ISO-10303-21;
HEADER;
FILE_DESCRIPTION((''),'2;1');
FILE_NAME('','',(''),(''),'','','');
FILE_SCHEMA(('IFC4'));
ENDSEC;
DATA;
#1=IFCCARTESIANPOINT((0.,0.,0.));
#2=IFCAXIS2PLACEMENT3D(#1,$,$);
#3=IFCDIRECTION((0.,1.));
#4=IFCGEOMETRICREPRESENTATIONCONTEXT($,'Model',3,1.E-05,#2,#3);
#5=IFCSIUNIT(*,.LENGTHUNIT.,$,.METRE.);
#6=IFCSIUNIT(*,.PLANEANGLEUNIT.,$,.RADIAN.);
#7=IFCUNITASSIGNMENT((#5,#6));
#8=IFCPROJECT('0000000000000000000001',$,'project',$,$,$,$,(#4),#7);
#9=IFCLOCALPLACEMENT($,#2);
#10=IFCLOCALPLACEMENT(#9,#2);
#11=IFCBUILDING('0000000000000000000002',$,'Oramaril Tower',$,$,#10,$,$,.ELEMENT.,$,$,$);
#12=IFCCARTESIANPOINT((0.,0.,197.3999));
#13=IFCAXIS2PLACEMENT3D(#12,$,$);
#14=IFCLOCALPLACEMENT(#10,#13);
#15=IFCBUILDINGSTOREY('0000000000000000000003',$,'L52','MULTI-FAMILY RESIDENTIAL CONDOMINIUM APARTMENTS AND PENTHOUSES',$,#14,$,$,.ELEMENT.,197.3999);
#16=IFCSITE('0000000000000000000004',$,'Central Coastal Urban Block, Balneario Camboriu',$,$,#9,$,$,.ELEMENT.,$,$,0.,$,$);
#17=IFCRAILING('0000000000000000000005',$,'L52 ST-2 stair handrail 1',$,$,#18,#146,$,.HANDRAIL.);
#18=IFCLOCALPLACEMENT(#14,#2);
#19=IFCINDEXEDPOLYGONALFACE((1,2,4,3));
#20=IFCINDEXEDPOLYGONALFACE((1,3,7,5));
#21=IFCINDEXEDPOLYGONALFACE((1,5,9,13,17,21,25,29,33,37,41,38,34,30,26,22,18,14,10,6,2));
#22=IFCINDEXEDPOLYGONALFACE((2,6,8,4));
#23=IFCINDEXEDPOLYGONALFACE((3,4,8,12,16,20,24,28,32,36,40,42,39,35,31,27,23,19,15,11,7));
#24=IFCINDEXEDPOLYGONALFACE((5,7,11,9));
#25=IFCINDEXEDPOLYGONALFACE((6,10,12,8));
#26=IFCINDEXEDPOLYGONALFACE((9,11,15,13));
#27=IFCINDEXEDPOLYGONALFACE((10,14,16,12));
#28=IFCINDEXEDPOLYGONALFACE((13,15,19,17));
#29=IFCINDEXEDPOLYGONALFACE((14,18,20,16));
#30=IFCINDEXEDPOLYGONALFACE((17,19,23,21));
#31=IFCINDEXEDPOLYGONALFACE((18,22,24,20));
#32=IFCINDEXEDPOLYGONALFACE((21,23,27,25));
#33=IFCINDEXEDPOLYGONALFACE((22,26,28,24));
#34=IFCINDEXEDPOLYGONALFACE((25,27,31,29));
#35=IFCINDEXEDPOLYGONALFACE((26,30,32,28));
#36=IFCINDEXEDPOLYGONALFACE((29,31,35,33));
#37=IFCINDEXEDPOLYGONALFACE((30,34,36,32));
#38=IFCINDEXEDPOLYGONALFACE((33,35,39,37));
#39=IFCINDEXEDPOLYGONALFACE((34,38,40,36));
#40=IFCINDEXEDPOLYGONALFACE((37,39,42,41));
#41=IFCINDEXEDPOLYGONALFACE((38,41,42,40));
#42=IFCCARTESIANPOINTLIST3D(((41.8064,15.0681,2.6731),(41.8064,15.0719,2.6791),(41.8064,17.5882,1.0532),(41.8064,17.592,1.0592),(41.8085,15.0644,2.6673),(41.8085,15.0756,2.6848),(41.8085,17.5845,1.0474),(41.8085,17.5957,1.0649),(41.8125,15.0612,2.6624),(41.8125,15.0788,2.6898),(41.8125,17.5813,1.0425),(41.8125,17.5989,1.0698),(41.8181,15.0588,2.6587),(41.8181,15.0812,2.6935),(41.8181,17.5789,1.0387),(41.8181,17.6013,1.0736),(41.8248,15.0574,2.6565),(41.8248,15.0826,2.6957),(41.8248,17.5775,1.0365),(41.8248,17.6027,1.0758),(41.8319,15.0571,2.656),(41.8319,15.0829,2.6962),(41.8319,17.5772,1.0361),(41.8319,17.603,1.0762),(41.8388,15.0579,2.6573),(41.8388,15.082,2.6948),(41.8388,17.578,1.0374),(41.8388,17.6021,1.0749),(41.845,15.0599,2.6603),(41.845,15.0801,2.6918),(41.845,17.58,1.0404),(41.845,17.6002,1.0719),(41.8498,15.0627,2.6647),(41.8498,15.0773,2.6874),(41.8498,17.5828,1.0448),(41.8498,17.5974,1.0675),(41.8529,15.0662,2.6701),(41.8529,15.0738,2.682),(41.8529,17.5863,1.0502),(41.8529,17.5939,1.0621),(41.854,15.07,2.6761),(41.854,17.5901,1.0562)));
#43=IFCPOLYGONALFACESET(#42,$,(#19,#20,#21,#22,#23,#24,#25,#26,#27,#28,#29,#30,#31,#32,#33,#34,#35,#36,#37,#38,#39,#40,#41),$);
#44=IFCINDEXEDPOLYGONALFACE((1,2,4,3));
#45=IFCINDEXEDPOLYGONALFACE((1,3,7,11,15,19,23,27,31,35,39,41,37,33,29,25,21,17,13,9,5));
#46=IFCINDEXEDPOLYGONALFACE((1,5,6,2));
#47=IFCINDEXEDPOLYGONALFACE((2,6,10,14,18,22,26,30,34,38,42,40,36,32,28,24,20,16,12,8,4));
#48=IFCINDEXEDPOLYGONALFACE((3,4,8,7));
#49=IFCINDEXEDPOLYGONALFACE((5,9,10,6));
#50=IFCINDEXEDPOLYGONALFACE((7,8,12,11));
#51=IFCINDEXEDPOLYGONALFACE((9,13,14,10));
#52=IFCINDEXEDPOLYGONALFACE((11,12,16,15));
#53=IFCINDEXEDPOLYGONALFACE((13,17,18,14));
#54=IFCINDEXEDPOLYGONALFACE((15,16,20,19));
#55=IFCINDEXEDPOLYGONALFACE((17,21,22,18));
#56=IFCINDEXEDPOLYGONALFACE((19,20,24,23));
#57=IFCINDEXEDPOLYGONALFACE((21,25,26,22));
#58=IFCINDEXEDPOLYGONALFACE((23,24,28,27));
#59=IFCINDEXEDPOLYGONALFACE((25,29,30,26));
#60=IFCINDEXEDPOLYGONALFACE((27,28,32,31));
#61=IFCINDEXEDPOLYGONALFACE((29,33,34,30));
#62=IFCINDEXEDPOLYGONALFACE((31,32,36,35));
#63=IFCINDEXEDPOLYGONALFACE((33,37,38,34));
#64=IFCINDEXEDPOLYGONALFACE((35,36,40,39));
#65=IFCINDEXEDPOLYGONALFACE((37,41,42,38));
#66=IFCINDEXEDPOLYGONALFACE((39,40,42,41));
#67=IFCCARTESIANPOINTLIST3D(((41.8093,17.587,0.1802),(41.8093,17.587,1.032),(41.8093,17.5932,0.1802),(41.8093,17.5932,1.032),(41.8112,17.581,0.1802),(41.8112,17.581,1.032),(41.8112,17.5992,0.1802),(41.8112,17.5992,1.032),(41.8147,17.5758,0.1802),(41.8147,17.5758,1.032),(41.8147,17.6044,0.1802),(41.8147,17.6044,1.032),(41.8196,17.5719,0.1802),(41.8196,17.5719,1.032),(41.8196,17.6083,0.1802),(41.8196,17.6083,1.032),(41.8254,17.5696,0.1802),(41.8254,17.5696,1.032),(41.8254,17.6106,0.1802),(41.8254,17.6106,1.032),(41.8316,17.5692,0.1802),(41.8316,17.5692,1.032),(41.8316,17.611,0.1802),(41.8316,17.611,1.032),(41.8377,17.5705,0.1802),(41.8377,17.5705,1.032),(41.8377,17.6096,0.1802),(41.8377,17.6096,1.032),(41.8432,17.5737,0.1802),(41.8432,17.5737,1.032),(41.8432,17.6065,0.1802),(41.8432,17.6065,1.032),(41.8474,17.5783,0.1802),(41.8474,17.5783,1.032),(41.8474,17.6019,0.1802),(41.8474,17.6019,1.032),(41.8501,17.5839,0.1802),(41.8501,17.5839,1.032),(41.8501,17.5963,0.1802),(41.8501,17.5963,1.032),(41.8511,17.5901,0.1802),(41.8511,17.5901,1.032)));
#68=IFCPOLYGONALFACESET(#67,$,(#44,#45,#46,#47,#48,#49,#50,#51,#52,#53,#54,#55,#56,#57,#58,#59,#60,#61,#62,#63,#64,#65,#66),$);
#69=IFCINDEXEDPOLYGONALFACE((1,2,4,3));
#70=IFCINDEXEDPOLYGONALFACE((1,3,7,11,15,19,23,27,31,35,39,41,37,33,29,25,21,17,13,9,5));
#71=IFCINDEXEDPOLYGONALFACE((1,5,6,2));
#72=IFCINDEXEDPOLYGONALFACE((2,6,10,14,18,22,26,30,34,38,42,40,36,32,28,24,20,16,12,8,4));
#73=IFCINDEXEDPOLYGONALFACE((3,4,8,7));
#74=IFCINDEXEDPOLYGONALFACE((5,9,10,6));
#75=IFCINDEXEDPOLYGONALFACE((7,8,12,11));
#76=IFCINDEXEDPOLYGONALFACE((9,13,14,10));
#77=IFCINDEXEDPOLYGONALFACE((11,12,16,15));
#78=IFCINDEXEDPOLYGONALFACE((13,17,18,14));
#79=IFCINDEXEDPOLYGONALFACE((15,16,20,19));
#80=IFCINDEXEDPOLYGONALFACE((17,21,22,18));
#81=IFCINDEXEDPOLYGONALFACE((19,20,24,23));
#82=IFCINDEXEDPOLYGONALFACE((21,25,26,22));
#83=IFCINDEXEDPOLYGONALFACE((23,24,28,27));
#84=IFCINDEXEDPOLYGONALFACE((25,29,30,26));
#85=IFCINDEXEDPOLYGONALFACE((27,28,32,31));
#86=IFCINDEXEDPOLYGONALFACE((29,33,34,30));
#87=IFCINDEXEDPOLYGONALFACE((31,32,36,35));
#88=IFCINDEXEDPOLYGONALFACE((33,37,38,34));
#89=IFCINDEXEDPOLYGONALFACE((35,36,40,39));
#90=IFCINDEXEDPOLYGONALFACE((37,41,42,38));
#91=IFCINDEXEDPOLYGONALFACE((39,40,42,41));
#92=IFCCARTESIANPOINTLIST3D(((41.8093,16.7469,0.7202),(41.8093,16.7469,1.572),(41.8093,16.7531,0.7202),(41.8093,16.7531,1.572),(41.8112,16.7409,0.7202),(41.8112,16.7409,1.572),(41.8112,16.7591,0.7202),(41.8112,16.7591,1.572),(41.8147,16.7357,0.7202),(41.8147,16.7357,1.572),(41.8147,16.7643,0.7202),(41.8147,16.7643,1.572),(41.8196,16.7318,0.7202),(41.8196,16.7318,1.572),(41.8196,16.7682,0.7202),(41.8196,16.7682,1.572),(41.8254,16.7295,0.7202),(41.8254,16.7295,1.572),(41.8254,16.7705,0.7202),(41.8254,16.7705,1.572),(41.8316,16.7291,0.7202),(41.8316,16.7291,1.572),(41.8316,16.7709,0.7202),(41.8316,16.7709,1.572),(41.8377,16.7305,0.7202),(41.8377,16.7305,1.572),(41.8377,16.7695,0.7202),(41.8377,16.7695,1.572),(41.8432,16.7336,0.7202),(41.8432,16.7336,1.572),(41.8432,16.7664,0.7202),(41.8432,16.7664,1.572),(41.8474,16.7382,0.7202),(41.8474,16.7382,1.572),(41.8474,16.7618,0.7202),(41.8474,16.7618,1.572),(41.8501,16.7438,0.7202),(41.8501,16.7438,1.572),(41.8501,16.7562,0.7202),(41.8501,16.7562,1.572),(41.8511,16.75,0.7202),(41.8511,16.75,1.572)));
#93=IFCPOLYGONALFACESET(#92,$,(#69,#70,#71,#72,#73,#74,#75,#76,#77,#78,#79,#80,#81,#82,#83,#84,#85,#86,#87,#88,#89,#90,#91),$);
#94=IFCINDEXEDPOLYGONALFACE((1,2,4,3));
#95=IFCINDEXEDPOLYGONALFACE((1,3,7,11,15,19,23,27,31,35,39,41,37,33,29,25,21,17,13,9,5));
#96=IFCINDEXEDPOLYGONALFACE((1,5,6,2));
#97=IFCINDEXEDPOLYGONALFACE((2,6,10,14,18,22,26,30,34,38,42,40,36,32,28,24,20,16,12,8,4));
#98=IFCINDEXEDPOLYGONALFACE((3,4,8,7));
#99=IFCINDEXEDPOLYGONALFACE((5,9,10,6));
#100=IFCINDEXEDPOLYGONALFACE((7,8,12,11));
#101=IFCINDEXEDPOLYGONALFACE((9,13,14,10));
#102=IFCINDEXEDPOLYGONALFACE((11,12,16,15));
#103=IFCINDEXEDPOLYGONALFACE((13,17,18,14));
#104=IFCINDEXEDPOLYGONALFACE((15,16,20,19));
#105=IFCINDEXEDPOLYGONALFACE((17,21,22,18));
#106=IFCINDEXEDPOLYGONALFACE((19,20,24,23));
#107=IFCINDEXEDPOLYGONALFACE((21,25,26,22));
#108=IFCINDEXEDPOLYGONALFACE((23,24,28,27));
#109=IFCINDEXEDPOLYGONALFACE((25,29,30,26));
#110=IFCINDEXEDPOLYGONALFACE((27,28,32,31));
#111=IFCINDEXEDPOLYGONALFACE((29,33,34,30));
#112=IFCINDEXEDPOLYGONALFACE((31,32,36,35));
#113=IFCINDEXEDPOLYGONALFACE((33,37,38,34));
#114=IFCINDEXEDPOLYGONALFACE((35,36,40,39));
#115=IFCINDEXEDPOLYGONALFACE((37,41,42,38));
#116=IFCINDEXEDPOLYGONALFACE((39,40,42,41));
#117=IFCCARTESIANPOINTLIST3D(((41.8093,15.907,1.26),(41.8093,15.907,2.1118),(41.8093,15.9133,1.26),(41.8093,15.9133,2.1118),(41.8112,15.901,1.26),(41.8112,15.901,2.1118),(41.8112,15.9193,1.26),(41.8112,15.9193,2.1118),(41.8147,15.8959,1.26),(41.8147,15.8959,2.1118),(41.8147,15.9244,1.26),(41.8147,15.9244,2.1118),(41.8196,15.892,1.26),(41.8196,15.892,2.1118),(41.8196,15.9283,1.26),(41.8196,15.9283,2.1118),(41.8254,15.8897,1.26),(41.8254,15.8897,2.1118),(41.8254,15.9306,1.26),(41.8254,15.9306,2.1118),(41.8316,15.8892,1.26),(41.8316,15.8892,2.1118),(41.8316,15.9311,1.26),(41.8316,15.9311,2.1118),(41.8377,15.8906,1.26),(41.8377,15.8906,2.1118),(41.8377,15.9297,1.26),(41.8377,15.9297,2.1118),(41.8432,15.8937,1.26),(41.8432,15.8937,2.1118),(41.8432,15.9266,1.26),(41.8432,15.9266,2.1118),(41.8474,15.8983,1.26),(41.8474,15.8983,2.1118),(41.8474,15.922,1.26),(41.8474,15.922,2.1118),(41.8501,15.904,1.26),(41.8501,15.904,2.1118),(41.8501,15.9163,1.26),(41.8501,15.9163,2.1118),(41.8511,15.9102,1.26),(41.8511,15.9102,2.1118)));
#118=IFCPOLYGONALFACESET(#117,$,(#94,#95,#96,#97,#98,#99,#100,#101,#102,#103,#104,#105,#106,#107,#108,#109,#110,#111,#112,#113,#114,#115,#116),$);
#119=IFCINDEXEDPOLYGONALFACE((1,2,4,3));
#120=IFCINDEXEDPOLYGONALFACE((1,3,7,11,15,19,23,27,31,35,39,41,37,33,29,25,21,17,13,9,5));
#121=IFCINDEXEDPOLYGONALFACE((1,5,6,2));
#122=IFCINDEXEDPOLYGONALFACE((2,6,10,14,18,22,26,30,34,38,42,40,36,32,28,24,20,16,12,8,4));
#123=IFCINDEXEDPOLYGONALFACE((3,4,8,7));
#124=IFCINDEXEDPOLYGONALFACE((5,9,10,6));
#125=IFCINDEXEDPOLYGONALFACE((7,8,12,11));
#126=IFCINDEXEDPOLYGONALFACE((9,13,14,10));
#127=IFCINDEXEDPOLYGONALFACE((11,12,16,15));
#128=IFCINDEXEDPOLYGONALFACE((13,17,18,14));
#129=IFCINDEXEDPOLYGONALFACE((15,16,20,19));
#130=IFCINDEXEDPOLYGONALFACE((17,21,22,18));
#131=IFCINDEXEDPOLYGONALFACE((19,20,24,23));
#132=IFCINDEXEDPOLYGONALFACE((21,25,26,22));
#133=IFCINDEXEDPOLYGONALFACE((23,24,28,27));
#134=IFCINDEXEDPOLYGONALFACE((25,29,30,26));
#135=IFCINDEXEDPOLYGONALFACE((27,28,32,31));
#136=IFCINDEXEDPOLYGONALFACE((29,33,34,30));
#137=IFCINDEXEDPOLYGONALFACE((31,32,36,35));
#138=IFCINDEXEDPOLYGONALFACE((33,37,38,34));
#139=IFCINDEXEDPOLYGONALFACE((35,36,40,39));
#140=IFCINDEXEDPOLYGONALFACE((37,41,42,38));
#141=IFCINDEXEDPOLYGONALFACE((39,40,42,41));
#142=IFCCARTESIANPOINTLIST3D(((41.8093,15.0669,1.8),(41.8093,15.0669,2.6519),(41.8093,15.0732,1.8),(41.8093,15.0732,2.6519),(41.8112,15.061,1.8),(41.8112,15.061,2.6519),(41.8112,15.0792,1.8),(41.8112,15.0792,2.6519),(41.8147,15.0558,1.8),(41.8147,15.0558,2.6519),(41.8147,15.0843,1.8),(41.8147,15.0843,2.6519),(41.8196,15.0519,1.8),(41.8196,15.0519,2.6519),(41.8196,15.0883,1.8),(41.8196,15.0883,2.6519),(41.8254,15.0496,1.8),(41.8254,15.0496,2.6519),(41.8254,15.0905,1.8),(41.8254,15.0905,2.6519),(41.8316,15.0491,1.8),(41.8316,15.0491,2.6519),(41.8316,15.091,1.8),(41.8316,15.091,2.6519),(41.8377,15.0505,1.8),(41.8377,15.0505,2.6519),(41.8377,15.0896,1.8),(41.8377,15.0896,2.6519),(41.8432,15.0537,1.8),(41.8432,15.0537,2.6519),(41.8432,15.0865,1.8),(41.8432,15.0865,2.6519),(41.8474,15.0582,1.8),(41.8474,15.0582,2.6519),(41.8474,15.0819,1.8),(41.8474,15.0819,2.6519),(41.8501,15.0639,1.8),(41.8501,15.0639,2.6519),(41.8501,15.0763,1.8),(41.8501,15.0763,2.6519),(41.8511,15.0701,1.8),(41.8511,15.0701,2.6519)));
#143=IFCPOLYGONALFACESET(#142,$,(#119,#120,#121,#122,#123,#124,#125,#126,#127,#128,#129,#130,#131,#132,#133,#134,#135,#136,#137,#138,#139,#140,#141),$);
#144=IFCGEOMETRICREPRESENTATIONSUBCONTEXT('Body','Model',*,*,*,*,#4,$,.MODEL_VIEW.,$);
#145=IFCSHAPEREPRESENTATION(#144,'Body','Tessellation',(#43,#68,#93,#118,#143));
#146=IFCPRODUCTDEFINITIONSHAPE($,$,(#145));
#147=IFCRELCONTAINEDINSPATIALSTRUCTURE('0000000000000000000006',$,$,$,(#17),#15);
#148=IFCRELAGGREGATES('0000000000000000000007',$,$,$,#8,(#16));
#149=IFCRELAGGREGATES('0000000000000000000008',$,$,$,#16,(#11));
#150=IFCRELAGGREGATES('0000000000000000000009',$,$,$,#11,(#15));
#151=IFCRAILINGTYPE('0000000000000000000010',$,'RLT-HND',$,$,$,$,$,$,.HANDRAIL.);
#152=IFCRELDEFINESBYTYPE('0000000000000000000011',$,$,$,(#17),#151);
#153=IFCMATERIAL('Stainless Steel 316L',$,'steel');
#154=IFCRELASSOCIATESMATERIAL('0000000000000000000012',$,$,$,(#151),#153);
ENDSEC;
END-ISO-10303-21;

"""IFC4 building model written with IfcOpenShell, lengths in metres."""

from ifc_helpers import new_model, si_unit, direction, frame, origin, origin_2d, place, context, subcontext, project, spatial, circle, extrude, material, type_object, element, save


model = new_model("IFC4")

# Units and contexts
model_context = context("Model", 3, precision=1e-05, world=origin(), true_north=direction((0.0, 1.0)))
body_context = subcontext(model_context, "Body", "Model", "MODEL_VIEW")
ifc_project = project(units=[si_unit("LENGTHUNIT", "METRE"), si_unit("PLANEANGLEUNIT", "RADIAN")], contexts=[model_context])

# Site, building, storey
site_placement = place(None, origin())
site = spatial("IfcSite", under=ifc_project, at=site_placement, Name="Central Coastal Urban Block, Balneario Camboriu", CompositionType="ELEMENT", RefElevation=0.0)
building_placement = place(site_placement, origin())
building = spatial("IfcBuilding", under=site, at=building_placement, Name="Oramaril Tower", CompositionType="ELEMENT")
storey_placement = place(building_placement, frame((0.0, 0.0, 197.3999)))
storey = spatial("IfcBuildingStorey", under=building, at=storey_placement, Name="L52", Description="MULTI-FAMILY RESIDENTIAL CONDOMINIUM APARTMENTS AND PENTHOUSES", CompositionType="ELEMENT", Elevation=197.3999)

# Railing
ifc_material_1 = material(Name="Stainless Steel 316L", Category="steel")
railing_type_1 = type_object("IfcRailingType", Name="RLT-HND", PredefinedType="HANDRAIL", material=ifc_material_1)
railing_1_placement = place(storey_placement, frame((41.8301, 17.5901, 0.1802)))
element("IfcRailing", 1, at=railing_1_placement, inside=storey, type_object=railing_type_1, Name="L52 ST-2 stair handrail 1", PredefinedType="HANDRAIL", context=body_context, shape_type="SweptSolid", body=[
    extrude(circle(Radius=0.0239, at=origin_2d()), frame((0.0, 0.0, 0.876), z_axis=(0.0, -0.8412, 0.540725), x_axis=(1.0, 0.0, 0.0)), (0.0, 0.0, 1.0), 2.9958),
    extrude(circle(Radius=0.021, at=origin_2d()), origin(), (0.0, 0.0, 1.0), 0.8518),
    extrude(circle(Radius=0.021, at=origin_2d()), frame((0.0, -0.8401, 0.54)), (0.0, 0.0, 1.0), 0.8518),
    extrude(circle(Radius=0.021, at=origin_2d()), frame((0.0, -1.6799, 1.0798)), (0.0, 0.0, 1.0), 0.8518),
    extrude(circle(Radius=0.021, at=origin_2d()), frame((0.0, -2.52, 1.6199)), (0.0, 0.0, 1.0), 0.8518),
])

save(model, "model.ifc")
